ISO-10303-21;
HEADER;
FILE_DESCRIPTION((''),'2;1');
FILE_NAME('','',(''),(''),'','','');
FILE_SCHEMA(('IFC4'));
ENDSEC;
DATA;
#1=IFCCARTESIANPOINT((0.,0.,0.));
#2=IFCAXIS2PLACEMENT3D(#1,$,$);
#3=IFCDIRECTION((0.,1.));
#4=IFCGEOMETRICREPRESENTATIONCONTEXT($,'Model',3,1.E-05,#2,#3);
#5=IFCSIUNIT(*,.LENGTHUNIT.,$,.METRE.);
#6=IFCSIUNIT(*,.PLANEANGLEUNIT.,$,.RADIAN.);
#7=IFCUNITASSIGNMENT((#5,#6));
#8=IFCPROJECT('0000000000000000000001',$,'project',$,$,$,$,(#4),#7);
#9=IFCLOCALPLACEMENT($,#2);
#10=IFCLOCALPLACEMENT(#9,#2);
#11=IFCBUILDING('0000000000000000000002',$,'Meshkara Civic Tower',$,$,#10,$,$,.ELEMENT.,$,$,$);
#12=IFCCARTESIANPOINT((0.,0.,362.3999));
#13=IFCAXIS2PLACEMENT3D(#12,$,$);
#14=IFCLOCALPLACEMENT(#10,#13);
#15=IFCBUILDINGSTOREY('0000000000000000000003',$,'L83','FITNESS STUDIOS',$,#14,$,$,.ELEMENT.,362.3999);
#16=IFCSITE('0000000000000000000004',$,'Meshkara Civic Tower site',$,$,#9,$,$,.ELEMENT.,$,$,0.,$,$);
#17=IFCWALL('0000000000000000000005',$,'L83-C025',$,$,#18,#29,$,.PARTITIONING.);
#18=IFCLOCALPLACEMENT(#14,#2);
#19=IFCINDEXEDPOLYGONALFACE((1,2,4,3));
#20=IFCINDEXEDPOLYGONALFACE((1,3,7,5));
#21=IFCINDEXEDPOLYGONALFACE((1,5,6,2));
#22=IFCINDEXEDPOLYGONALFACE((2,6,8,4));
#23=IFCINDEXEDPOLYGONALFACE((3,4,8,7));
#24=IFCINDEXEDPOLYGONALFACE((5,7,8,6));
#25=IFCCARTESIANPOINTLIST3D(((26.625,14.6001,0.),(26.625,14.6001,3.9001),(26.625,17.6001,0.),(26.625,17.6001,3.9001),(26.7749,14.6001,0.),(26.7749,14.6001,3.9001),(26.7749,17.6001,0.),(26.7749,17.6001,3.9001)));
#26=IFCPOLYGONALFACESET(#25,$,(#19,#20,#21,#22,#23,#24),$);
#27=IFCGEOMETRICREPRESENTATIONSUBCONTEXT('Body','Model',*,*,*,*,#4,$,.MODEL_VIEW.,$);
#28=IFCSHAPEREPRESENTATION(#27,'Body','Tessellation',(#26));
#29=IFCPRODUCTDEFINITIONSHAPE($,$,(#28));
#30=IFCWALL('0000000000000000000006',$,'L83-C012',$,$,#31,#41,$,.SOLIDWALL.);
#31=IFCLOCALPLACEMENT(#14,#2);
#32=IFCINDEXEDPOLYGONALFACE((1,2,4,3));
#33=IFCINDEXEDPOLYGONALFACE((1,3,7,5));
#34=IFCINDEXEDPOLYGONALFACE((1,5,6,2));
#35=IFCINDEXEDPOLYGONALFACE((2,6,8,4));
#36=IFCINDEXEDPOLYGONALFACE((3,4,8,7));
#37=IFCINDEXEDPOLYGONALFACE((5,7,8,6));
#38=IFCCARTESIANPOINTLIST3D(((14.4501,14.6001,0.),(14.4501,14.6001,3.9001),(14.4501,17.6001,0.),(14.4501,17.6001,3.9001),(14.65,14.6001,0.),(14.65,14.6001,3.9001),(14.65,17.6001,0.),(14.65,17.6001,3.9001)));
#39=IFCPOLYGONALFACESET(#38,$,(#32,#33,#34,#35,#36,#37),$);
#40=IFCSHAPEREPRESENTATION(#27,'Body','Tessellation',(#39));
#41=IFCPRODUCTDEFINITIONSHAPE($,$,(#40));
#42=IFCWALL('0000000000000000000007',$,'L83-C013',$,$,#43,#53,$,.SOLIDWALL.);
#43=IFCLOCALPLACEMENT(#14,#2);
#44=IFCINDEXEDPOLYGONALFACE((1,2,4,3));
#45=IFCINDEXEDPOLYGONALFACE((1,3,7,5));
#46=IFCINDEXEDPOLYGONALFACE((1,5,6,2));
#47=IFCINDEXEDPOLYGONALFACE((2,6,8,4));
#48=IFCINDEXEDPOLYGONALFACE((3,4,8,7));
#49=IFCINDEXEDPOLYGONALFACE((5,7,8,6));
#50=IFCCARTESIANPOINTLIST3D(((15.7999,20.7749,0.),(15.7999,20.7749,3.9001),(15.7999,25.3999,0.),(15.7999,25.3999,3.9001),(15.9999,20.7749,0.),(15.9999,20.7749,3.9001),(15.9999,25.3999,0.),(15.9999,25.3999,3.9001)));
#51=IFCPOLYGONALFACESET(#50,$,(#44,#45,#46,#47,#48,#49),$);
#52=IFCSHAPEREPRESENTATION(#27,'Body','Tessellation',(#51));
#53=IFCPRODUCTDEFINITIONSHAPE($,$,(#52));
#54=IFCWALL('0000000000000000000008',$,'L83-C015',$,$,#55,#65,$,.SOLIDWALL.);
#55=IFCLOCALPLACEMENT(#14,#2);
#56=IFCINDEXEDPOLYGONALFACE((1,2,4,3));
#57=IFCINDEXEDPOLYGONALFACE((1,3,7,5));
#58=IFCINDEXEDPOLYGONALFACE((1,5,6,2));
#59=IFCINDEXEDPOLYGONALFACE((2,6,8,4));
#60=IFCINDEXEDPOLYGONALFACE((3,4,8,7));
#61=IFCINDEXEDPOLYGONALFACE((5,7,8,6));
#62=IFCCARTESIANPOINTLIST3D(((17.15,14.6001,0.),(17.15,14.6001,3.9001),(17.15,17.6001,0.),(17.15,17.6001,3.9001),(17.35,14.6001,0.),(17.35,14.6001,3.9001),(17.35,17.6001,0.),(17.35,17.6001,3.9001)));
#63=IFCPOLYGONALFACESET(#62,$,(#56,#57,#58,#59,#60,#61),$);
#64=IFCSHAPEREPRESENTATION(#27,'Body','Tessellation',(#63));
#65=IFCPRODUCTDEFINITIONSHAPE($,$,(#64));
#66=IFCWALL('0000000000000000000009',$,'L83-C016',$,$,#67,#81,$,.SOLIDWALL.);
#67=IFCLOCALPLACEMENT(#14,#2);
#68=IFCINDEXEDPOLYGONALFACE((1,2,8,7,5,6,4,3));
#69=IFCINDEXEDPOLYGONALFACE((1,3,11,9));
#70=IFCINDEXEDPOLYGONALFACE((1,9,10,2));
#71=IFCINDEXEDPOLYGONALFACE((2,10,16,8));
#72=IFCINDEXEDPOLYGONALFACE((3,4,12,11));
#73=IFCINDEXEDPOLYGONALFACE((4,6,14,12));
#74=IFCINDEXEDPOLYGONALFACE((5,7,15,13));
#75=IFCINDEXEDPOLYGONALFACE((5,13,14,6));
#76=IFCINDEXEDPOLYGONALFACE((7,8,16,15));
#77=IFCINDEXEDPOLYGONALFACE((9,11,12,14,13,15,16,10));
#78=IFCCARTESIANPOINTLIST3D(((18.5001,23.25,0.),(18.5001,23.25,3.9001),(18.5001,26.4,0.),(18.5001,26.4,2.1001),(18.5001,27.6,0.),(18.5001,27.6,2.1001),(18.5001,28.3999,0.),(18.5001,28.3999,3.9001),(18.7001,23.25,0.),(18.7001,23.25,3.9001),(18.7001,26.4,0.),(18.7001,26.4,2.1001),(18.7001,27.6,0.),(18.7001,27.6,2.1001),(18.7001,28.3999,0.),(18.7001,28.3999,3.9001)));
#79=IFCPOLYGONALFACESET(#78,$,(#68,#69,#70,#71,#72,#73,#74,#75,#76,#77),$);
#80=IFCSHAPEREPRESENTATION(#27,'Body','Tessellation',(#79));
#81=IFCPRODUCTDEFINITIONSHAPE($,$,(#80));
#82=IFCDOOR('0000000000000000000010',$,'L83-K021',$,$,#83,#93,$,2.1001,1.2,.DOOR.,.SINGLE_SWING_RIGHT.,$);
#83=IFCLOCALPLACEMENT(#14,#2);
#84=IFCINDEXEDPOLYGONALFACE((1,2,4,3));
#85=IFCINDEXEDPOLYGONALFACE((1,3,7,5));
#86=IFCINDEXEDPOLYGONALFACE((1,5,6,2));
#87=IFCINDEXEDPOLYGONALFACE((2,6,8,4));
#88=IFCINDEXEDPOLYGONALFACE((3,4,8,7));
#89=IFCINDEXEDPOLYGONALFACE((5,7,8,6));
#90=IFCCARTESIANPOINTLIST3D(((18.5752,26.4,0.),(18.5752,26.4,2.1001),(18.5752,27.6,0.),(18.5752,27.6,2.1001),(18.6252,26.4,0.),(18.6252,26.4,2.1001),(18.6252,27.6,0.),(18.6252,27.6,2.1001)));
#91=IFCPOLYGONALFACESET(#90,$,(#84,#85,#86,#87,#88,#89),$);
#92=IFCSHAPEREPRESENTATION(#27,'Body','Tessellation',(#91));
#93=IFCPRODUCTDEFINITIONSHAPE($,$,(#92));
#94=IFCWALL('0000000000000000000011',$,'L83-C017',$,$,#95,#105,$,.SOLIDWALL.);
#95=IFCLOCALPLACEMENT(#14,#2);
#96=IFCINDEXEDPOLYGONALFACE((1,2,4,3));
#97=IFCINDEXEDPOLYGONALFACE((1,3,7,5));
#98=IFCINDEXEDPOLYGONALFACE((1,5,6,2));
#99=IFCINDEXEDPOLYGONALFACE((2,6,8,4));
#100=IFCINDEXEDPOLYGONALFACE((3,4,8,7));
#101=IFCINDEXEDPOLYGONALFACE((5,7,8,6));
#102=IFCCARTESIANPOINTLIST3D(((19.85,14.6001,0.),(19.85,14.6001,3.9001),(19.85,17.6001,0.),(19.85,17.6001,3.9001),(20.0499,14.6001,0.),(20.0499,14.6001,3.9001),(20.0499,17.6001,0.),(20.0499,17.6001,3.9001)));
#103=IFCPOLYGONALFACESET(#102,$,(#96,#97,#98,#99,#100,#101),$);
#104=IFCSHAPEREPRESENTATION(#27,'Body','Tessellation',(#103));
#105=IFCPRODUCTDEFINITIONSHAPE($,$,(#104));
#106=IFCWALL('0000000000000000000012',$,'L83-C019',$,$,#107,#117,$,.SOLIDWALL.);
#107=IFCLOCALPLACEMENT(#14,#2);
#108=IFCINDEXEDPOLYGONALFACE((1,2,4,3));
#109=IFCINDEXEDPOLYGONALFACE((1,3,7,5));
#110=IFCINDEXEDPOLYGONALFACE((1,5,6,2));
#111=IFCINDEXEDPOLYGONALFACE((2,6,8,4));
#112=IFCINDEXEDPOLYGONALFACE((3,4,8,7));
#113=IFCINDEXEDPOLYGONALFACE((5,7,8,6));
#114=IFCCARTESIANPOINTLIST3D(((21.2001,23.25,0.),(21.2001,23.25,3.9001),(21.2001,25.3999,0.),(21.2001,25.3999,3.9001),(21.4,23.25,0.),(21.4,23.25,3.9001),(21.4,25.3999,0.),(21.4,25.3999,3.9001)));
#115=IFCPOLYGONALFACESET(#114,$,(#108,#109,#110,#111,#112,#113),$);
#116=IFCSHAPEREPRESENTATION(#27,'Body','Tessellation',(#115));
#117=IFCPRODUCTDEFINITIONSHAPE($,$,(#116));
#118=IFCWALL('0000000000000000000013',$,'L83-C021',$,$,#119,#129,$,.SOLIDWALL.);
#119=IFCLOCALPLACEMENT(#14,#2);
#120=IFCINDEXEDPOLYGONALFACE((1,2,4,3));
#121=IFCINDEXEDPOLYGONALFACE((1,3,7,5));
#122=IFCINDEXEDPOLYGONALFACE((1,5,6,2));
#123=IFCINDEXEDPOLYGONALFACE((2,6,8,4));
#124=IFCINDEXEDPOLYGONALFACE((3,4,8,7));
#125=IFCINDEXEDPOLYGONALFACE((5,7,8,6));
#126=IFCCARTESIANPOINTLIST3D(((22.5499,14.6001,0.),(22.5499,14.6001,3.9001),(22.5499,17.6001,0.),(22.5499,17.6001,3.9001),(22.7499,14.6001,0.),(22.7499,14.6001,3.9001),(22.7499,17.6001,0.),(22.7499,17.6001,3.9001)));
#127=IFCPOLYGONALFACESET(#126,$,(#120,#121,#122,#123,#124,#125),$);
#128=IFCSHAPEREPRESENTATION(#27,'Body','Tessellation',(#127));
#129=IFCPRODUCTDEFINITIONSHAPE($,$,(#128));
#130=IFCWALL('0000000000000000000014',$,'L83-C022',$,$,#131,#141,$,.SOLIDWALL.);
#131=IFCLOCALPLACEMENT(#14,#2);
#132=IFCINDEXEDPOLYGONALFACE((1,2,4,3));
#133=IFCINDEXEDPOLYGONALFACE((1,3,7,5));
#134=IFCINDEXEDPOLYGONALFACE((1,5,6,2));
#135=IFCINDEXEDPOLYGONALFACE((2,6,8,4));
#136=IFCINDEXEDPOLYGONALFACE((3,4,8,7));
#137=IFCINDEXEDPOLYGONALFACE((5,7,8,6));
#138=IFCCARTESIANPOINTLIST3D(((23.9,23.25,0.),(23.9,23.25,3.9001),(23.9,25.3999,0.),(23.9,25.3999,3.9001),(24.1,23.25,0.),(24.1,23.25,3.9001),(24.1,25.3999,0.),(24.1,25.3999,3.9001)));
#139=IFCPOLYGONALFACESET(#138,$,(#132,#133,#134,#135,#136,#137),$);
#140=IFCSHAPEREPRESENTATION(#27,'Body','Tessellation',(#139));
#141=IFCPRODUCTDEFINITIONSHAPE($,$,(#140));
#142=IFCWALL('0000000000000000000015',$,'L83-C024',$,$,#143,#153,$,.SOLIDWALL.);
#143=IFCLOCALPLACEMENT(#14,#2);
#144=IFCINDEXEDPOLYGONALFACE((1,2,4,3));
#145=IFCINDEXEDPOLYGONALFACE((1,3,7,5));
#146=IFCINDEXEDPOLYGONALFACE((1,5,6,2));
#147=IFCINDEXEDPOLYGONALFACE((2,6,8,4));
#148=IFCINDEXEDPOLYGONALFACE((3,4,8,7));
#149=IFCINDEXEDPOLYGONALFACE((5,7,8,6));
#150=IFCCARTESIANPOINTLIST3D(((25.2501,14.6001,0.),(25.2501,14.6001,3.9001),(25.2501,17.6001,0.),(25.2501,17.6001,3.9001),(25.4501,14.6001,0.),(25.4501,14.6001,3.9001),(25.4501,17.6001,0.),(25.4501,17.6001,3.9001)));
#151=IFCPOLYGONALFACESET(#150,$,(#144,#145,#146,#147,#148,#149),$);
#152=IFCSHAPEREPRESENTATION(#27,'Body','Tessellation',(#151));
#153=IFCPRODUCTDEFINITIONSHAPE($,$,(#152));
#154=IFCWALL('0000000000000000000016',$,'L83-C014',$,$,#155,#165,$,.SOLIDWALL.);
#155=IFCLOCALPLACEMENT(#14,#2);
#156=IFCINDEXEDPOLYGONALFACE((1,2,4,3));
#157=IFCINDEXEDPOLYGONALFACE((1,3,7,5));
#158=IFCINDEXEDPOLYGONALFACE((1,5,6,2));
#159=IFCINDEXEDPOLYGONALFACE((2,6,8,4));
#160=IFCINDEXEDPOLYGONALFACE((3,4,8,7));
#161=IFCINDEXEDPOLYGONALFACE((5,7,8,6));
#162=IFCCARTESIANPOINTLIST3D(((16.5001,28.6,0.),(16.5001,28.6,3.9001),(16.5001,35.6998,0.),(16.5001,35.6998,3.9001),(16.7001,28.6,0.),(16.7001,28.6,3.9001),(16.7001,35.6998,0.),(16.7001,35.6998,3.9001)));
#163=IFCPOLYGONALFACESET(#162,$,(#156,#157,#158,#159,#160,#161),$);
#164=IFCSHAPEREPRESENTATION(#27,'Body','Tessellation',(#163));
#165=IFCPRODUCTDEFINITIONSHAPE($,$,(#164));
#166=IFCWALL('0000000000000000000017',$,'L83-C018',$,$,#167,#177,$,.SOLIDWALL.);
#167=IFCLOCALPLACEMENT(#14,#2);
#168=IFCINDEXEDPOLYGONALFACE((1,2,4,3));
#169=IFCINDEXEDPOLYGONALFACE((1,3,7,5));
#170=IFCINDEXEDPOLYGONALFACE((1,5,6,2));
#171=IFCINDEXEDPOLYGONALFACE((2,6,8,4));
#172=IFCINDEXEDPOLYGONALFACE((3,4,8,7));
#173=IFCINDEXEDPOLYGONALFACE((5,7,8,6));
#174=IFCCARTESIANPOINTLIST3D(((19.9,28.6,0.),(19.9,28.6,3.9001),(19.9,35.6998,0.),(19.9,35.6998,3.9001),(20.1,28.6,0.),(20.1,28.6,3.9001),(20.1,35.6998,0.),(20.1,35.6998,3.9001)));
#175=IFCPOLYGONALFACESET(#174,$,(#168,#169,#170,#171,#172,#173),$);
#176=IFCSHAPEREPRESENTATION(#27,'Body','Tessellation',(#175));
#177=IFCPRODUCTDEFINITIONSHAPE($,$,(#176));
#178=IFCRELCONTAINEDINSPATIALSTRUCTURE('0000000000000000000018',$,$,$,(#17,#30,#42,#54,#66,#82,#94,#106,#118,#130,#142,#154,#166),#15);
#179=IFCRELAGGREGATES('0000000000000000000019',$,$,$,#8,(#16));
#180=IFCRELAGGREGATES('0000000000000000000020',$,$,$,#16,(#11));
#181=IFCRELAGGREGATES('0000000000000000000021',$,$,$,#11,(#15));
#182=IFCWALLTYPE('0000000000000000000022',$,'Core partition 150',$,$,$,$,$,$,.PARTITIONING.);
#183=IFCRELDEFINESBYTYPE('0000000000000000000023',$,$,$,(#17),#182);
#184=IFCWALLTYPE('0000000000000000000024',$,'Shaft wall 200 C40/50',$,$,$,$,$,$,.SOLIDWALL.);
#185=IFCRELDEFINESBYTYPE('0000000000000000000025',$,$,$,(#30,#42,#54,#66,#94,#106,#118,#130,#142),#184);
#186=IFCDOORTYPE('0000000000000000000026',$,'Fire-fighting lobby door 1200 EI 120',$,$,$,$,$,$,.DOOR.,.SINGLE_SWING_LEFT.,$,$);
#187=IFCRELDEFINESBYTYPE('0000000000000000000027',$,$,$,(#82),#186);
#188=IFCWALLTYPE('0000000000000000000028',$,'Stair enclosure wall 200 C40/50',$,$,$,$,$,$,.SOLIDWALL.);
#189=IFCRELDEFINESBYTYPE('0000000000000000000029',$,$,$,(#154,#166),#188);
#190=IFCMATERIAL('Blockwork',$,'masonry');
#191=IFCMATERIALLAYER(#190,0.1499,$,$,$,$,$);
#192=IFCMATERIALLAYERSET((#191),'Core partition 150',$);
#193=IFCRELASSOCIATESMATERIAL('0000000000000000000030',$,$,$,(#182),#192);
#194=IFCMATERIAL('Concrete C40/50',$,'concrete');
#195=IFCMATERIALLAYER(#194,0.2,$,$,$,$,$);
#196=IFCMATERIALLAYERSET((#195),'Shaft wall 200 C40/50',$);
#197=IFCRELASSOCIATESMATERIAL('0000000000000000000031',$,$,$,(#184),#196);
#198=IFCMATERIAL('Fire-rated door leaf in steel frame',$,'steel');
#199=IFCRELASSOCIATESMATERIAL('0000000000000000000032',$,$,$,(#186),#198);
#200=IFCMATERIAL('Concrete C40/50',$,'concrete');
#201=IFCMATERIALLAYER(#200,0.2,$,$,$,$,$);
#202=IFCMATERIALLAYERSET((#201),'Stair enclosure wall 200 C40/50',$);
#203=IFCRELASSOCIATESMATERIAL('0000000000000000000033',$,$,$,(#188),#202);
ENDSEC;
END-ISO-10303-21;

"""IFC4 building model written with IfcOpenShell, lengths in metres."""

from ifc_helpers import new_model, si_unit, direction, frame, frame_2d, origin, place, context, subcontext, project, spatial, rectangle, extrude, material, layer, layer_set, type_object, element, fill, save


model = new_model("IFC4")

# Units and contexts
model_context = context("Model", 3, precision=1e-05, world=origin(), true_north=direction((0.0, 1.0)))
body_context = subcontext(model_context, "Body", "Model", "MODEL_VIEW")
ifc_project = project(units=[si_unit("LENGTHUNIT", "METRE"), si_unit("PLANEANGLEUNIT", "RADIAN")], contexts=[model_context])

# Site, building, storey
site_placement = place(None, origin())
site = spatial("IfcSite", under=ifc_project, at=site_placement, Name="Meshkara Civic Tower site", CompositionType="ELEMENT", RefElevation=0.0)
building_placement = place(site_placement, origin())
building = spatial("IfcBuilding", under=site, at=building_placement, Name="Meshkara Civic Tower", CompositionType="ELEMENT")
storey_placement = place(building_placement, frame((0.0, 0.0, 362.3999)))
storey = spatial("IfcBuildingStorey", under=building, at=storey_placement, Name="L83", Description="FITNESS STUDIOS", CompositionType="ELEMENT", Elevation=362.3999)

# Walls
ifc_material_1 = material(Name="Blockwork", Category="masonry")
ifc_layer_1 = layer(ifc_material_1, 0.1499)
ifc_layer_set_1 = layer_set([ifc_layer_1], Name="Core partition 150")
wall_type_1 = type_object("IfcWallType", Name="Core partition 150", PredefinedType="PARTITIONING", material=ifc_layer_set_1)
wall_1_placement = place(storey_placement, frame((26.7, 14.6001, 0.0), z_axis=(0.0, 0.0, 1.0), x_axis=(0.0, 1.0, 0.0)))
element("IfcWall", 1, at=wall_1_placement, inside=storey, type_object=wall_type_1, Name="L83-C025", PredefinedType="PARTITIONING", context=body_context, shape_type="SweptSolid", body=[
    extrude(rectangle(XDim=3.0, YDim=0.1499, at=frame_2d((1.5, 0.0))), origin(), (0.0, 0.0, 1.0), 3.9001),
])
ifc_material_2 = material(Name="Concrete C40/50", Category="concrete")
ifc_layer_2 = layer(ifc_material_2, 0.2)
ifc_layer_set_2 = layer_set([ifc_layer_2], Name="Shaft wall 200 C40/50")
wall_type_2 = type_object("IfcWallType", Name="Shaft wall 200 C40/50", PredefinedType="SOLIDWALL", material=ifc_layer_set_2)
wall_2_placement = place(storey_placement, frame((14.55, 14.6001, 0.0), z_axis=(0.0, 0.0, 1.0), x_axis=(0.0, 1.0, 0.0)))
element("IfcWall", 2, at=wall_2_placement, inside=storey, type_object=wall_type_2, Name="L83-C012", PredefinedType="SOLIDWALL", context=body_context, shape_type="SweptSolid", body=[
    extrude(rectangle(XDim=3.0, YDim=0.2, at=frame_2d((1.5, 0.0))), origin(), (0.0, 0.0, 1.0), 3.9001),
])
wall_3_placement = place(storey_placement, frame((15.8999, 20.7749, 0.0), z_axis=(0.0, 0.0, 1.0), x_axis=(0.0, 1.0, 0.0)))
element("IfcWall", 3, at=wall_3_placement, inside=storey, type_object=wall_type_2, Name="L83-C013", PredefinedType="SOLIDWALL", context=body_context, shape_type="SweptSolid", body=[
    extrude(rectangle(XDim=4.625, YDim=0.2, at=frame_2d((2.3125, 0.0))), origin(), (0.0, 0.0, 1.0), 3.9001),
])
wall_4_placement = place(storey_placement, frame((17.25, 14.6001, 0.0), z_axis=(0.0, 0.0, 1.0), x_axis=(0.0, 1.0, 0.0)))
element("IfcWall", 4, at=wall_4_placement, inside=storey, type_object=wall_type_2, Name="L83-C015", PredefinedType="SOLIDWALL", context=body_context, shape_type="SweptSolid", body=[
    extrude(rectangle(XDim=3.0, YDim=0.2, at=frame_2d((1.5, 0.0))), origin(), (0.0, 0.0, 1.0), 3.9001),
])

# Wall, opening, door
wall_5_placement = place(storey_placement, frame((18.6001, 23.25, 0.0), z_axis=(0.0, 0.0, 1.0), x_axis=(0.0, 1.0, 0.0)))
wall_5 = element("IfcWall", 5, at=wall_5_placement, inside=storey, type_object=wall_type_2, Name="L83-C016", PredefinedType="SOLIDWALL", context=body_context, shape_type="SweptSolid", body=[
    extrude(rectangle(XDim=5.1499, YDim=0.2, at=frame_2d((2.575, 0.0))), origin(), (0.0, 0.0, 1.0), 3.9001),
])
opening_placement = place(wall_5_placement, frame((3.1499, 0.0, 0.0)))
opening = element("IfcOpeningElement", 6, at=opening_placement, cuts=wall_5, PredefinedType="OPENING", context=body_context, shape_type="SweptSolid", body=[
    extrude(rectangle(XDim=1.2, YDim=2.1001, at=frame_2d((0.6001, 1.05))), frame((0.0, 0.1099, 0.0), z_axis=(0.0, -1.0, 0.0), x_axis=(1.0, 0.0, 0.0)), (0.0, 0.0, 1.0), 0.22),
])
ifc_material_3 = material(Name="Fire-rated door leaf in steel frame", Category="steel")
door_type = type_object("IfcDoorType", Name="Fire-fighting lobby door 1200 EI 120", OperationType="SINGLE_SWING_LEFT", PredefinedType="DOOR", material=ifc_material_3)
door_placement = place(opening_placement, origin())
door = element("IfcDoor", 7, at=door_placement, inside=storey, type_object=door_type, Name="L83-K021", OperationType="SINGLE_SWING_RIGHT", OverallHeight=2.1001, OverallWidth=1.2, PredefinedType="DOOR", context=body_context, shape_type="SweptSolid", body=[
    extrude(rectangle(XDim=1.2, YDim=2.1001, at=frame_2d((0.6001, 1.05))), frame((0.0, 0.0249, 0.0), z_axis=(0.0, -1.0, 0.0), x_axis=(1.0, 0.0, 0.0)), (0.0, 0.0, 1.0), 0.05),
])
fill(opening, door)

# Walls
wall_6_placement = place(storey_placement, frame((19.95, 14.6001, 0.0), z_axis=(0.0, 0.0, 1.0), x_axis=(0.0, 1.0, 0.0)))
element("IfcWall", 8, at=wall_6_placement, inside=storey, type_object=wall_type_2, Name="L83-C017", PredefinedType="SOLIDWALL", context=body_context, shape_type="SweptSolid", body=[
    extrude(rectangle(XDim=3.0, YDim=0.2, at=frame_2d((1.5, 0.0))), origin(), (0.0, 0.0, 1.0), 3.9001),
])
wall_7_placement = place(storey_placement, frame((21.3, 23.25, 0.0), z_axis=(0.0, 0.0, 1.0), x_axis=(0.0, 1.0, 0.0)))
element("IfcWall", 9, at=wall_7_placement, inside=storey, type_object=wall_type_2, Name="L83-C019", PredefinedType="SOLIDWALL", context=body_context, shape_type="SweptSolid", body=[
    extrude(rectangle(XDim=2.1499, YDim=0.2, at=frame_2d((1.075, 0.0))), origin(), (0.0, 0.0, 1.0), 3.9001),
])
wall_8_placement = place(storey_placement, frame((22.6499, 14.6001, 0.0), z_axis=(0.0, 0.0, 1.0), x_axis=(0.0, 1.0, 0.0)))
element("IfcWall", 10, at=wall_8_placement, inside=storey, type_object=wall_type_2, Name="L83-C021", PredefinedType="SOLIDWALL", context=body_context, shape_type="SweptSolid", body=[
    extrude(rectangle(XDim=3.0, YDim=0.2, at=frame_2d((1.5, 0.0))), origin(), (0.0, 0.0, 1.0), 3.9001),
])
wall_9_placement = place(storey_placement, frame((24.0, 23.25, 0.0), z_axis=(0.0, 0.0, 1.0), x_axis=(0.0, 1.0, 0.0)))
element("IfcWall", 11, at=wall_9_placement, inside=storey, type_object=wall_type_2, Name="L83-C022", PredefinedType="SOLIDWALL", context=body_context, shape_type="SweptSolid", body=[
    extrude(rectangle(XDim=2.1499, YDim=0.2, at=frame_2d((1.075, 0.0))), origin(), (0.0, 0.0, 1.0), 3.9001),
])
wall_10_placement = place(storey_placement, frame((25.3501, 14.6001, 0.0), z_axis=(0.0, 0.0, 1.0), x_axis=(0.0, 1.0, 0.0)))
element("IfcWall", 12, at=wall_10_placement, inside=storey, type_object=wall_type_2, Name="L83-C024", PredefinedType="SOLIDWALL", context=body_context, shape_type="SweptSolid", body=[
    extrude(rectangle(XDim=3.0, YDim=0.2, at=frame_2d((1.5, 0.0))), origin(), (0.0, 0.0, 1.0), 3.9001),
])
ifc_material_4 = material(Name="Concrete C40/50", Category="concrete")
ifc_layer_3 = layer(ifc_material_4, 0.2)
ifc_layer_set_3 = layer_set([ifc_layer_3], Name="Stair enclosure wall 200 C40/50")
wall_type_3 = type_object("IfcWallType", Name="Stair enclosure wall 200 C40/50", PredefinedType="SOLIDWALL", material=ifc_layer_set_3)
for number, where, z_axis, x_axis, name in (
    (13, (16.6001, 28.6001, 0.0), (0.0, 0.0, 1.0), (0.0, 1.0, 0.0), "L83-C014"),
    (14, (20.0, 28.6001, 0.0), (0.0, 0.0, 1.0), (0.0, 1.0, 0.0), "L83-C018"),
):
    element("IfcWall", number, at=place(storey_placement, frame(where, z_axis=z_axis, x_axis=x_axis)), inside=storey, type_object=wall_type_3, Name=name, PredefinedType="SOLIDWALL", context=body_context, shape_type="SweptSolid", body=[
        extrude(rectangle(XDim=7.0999, YDim=0.2, at=frame_2d((3.5498, 0.0))), origin(), (0.0, 0.0, 1.0), 3.9001),
    ])

save(model, "model.ifc")
